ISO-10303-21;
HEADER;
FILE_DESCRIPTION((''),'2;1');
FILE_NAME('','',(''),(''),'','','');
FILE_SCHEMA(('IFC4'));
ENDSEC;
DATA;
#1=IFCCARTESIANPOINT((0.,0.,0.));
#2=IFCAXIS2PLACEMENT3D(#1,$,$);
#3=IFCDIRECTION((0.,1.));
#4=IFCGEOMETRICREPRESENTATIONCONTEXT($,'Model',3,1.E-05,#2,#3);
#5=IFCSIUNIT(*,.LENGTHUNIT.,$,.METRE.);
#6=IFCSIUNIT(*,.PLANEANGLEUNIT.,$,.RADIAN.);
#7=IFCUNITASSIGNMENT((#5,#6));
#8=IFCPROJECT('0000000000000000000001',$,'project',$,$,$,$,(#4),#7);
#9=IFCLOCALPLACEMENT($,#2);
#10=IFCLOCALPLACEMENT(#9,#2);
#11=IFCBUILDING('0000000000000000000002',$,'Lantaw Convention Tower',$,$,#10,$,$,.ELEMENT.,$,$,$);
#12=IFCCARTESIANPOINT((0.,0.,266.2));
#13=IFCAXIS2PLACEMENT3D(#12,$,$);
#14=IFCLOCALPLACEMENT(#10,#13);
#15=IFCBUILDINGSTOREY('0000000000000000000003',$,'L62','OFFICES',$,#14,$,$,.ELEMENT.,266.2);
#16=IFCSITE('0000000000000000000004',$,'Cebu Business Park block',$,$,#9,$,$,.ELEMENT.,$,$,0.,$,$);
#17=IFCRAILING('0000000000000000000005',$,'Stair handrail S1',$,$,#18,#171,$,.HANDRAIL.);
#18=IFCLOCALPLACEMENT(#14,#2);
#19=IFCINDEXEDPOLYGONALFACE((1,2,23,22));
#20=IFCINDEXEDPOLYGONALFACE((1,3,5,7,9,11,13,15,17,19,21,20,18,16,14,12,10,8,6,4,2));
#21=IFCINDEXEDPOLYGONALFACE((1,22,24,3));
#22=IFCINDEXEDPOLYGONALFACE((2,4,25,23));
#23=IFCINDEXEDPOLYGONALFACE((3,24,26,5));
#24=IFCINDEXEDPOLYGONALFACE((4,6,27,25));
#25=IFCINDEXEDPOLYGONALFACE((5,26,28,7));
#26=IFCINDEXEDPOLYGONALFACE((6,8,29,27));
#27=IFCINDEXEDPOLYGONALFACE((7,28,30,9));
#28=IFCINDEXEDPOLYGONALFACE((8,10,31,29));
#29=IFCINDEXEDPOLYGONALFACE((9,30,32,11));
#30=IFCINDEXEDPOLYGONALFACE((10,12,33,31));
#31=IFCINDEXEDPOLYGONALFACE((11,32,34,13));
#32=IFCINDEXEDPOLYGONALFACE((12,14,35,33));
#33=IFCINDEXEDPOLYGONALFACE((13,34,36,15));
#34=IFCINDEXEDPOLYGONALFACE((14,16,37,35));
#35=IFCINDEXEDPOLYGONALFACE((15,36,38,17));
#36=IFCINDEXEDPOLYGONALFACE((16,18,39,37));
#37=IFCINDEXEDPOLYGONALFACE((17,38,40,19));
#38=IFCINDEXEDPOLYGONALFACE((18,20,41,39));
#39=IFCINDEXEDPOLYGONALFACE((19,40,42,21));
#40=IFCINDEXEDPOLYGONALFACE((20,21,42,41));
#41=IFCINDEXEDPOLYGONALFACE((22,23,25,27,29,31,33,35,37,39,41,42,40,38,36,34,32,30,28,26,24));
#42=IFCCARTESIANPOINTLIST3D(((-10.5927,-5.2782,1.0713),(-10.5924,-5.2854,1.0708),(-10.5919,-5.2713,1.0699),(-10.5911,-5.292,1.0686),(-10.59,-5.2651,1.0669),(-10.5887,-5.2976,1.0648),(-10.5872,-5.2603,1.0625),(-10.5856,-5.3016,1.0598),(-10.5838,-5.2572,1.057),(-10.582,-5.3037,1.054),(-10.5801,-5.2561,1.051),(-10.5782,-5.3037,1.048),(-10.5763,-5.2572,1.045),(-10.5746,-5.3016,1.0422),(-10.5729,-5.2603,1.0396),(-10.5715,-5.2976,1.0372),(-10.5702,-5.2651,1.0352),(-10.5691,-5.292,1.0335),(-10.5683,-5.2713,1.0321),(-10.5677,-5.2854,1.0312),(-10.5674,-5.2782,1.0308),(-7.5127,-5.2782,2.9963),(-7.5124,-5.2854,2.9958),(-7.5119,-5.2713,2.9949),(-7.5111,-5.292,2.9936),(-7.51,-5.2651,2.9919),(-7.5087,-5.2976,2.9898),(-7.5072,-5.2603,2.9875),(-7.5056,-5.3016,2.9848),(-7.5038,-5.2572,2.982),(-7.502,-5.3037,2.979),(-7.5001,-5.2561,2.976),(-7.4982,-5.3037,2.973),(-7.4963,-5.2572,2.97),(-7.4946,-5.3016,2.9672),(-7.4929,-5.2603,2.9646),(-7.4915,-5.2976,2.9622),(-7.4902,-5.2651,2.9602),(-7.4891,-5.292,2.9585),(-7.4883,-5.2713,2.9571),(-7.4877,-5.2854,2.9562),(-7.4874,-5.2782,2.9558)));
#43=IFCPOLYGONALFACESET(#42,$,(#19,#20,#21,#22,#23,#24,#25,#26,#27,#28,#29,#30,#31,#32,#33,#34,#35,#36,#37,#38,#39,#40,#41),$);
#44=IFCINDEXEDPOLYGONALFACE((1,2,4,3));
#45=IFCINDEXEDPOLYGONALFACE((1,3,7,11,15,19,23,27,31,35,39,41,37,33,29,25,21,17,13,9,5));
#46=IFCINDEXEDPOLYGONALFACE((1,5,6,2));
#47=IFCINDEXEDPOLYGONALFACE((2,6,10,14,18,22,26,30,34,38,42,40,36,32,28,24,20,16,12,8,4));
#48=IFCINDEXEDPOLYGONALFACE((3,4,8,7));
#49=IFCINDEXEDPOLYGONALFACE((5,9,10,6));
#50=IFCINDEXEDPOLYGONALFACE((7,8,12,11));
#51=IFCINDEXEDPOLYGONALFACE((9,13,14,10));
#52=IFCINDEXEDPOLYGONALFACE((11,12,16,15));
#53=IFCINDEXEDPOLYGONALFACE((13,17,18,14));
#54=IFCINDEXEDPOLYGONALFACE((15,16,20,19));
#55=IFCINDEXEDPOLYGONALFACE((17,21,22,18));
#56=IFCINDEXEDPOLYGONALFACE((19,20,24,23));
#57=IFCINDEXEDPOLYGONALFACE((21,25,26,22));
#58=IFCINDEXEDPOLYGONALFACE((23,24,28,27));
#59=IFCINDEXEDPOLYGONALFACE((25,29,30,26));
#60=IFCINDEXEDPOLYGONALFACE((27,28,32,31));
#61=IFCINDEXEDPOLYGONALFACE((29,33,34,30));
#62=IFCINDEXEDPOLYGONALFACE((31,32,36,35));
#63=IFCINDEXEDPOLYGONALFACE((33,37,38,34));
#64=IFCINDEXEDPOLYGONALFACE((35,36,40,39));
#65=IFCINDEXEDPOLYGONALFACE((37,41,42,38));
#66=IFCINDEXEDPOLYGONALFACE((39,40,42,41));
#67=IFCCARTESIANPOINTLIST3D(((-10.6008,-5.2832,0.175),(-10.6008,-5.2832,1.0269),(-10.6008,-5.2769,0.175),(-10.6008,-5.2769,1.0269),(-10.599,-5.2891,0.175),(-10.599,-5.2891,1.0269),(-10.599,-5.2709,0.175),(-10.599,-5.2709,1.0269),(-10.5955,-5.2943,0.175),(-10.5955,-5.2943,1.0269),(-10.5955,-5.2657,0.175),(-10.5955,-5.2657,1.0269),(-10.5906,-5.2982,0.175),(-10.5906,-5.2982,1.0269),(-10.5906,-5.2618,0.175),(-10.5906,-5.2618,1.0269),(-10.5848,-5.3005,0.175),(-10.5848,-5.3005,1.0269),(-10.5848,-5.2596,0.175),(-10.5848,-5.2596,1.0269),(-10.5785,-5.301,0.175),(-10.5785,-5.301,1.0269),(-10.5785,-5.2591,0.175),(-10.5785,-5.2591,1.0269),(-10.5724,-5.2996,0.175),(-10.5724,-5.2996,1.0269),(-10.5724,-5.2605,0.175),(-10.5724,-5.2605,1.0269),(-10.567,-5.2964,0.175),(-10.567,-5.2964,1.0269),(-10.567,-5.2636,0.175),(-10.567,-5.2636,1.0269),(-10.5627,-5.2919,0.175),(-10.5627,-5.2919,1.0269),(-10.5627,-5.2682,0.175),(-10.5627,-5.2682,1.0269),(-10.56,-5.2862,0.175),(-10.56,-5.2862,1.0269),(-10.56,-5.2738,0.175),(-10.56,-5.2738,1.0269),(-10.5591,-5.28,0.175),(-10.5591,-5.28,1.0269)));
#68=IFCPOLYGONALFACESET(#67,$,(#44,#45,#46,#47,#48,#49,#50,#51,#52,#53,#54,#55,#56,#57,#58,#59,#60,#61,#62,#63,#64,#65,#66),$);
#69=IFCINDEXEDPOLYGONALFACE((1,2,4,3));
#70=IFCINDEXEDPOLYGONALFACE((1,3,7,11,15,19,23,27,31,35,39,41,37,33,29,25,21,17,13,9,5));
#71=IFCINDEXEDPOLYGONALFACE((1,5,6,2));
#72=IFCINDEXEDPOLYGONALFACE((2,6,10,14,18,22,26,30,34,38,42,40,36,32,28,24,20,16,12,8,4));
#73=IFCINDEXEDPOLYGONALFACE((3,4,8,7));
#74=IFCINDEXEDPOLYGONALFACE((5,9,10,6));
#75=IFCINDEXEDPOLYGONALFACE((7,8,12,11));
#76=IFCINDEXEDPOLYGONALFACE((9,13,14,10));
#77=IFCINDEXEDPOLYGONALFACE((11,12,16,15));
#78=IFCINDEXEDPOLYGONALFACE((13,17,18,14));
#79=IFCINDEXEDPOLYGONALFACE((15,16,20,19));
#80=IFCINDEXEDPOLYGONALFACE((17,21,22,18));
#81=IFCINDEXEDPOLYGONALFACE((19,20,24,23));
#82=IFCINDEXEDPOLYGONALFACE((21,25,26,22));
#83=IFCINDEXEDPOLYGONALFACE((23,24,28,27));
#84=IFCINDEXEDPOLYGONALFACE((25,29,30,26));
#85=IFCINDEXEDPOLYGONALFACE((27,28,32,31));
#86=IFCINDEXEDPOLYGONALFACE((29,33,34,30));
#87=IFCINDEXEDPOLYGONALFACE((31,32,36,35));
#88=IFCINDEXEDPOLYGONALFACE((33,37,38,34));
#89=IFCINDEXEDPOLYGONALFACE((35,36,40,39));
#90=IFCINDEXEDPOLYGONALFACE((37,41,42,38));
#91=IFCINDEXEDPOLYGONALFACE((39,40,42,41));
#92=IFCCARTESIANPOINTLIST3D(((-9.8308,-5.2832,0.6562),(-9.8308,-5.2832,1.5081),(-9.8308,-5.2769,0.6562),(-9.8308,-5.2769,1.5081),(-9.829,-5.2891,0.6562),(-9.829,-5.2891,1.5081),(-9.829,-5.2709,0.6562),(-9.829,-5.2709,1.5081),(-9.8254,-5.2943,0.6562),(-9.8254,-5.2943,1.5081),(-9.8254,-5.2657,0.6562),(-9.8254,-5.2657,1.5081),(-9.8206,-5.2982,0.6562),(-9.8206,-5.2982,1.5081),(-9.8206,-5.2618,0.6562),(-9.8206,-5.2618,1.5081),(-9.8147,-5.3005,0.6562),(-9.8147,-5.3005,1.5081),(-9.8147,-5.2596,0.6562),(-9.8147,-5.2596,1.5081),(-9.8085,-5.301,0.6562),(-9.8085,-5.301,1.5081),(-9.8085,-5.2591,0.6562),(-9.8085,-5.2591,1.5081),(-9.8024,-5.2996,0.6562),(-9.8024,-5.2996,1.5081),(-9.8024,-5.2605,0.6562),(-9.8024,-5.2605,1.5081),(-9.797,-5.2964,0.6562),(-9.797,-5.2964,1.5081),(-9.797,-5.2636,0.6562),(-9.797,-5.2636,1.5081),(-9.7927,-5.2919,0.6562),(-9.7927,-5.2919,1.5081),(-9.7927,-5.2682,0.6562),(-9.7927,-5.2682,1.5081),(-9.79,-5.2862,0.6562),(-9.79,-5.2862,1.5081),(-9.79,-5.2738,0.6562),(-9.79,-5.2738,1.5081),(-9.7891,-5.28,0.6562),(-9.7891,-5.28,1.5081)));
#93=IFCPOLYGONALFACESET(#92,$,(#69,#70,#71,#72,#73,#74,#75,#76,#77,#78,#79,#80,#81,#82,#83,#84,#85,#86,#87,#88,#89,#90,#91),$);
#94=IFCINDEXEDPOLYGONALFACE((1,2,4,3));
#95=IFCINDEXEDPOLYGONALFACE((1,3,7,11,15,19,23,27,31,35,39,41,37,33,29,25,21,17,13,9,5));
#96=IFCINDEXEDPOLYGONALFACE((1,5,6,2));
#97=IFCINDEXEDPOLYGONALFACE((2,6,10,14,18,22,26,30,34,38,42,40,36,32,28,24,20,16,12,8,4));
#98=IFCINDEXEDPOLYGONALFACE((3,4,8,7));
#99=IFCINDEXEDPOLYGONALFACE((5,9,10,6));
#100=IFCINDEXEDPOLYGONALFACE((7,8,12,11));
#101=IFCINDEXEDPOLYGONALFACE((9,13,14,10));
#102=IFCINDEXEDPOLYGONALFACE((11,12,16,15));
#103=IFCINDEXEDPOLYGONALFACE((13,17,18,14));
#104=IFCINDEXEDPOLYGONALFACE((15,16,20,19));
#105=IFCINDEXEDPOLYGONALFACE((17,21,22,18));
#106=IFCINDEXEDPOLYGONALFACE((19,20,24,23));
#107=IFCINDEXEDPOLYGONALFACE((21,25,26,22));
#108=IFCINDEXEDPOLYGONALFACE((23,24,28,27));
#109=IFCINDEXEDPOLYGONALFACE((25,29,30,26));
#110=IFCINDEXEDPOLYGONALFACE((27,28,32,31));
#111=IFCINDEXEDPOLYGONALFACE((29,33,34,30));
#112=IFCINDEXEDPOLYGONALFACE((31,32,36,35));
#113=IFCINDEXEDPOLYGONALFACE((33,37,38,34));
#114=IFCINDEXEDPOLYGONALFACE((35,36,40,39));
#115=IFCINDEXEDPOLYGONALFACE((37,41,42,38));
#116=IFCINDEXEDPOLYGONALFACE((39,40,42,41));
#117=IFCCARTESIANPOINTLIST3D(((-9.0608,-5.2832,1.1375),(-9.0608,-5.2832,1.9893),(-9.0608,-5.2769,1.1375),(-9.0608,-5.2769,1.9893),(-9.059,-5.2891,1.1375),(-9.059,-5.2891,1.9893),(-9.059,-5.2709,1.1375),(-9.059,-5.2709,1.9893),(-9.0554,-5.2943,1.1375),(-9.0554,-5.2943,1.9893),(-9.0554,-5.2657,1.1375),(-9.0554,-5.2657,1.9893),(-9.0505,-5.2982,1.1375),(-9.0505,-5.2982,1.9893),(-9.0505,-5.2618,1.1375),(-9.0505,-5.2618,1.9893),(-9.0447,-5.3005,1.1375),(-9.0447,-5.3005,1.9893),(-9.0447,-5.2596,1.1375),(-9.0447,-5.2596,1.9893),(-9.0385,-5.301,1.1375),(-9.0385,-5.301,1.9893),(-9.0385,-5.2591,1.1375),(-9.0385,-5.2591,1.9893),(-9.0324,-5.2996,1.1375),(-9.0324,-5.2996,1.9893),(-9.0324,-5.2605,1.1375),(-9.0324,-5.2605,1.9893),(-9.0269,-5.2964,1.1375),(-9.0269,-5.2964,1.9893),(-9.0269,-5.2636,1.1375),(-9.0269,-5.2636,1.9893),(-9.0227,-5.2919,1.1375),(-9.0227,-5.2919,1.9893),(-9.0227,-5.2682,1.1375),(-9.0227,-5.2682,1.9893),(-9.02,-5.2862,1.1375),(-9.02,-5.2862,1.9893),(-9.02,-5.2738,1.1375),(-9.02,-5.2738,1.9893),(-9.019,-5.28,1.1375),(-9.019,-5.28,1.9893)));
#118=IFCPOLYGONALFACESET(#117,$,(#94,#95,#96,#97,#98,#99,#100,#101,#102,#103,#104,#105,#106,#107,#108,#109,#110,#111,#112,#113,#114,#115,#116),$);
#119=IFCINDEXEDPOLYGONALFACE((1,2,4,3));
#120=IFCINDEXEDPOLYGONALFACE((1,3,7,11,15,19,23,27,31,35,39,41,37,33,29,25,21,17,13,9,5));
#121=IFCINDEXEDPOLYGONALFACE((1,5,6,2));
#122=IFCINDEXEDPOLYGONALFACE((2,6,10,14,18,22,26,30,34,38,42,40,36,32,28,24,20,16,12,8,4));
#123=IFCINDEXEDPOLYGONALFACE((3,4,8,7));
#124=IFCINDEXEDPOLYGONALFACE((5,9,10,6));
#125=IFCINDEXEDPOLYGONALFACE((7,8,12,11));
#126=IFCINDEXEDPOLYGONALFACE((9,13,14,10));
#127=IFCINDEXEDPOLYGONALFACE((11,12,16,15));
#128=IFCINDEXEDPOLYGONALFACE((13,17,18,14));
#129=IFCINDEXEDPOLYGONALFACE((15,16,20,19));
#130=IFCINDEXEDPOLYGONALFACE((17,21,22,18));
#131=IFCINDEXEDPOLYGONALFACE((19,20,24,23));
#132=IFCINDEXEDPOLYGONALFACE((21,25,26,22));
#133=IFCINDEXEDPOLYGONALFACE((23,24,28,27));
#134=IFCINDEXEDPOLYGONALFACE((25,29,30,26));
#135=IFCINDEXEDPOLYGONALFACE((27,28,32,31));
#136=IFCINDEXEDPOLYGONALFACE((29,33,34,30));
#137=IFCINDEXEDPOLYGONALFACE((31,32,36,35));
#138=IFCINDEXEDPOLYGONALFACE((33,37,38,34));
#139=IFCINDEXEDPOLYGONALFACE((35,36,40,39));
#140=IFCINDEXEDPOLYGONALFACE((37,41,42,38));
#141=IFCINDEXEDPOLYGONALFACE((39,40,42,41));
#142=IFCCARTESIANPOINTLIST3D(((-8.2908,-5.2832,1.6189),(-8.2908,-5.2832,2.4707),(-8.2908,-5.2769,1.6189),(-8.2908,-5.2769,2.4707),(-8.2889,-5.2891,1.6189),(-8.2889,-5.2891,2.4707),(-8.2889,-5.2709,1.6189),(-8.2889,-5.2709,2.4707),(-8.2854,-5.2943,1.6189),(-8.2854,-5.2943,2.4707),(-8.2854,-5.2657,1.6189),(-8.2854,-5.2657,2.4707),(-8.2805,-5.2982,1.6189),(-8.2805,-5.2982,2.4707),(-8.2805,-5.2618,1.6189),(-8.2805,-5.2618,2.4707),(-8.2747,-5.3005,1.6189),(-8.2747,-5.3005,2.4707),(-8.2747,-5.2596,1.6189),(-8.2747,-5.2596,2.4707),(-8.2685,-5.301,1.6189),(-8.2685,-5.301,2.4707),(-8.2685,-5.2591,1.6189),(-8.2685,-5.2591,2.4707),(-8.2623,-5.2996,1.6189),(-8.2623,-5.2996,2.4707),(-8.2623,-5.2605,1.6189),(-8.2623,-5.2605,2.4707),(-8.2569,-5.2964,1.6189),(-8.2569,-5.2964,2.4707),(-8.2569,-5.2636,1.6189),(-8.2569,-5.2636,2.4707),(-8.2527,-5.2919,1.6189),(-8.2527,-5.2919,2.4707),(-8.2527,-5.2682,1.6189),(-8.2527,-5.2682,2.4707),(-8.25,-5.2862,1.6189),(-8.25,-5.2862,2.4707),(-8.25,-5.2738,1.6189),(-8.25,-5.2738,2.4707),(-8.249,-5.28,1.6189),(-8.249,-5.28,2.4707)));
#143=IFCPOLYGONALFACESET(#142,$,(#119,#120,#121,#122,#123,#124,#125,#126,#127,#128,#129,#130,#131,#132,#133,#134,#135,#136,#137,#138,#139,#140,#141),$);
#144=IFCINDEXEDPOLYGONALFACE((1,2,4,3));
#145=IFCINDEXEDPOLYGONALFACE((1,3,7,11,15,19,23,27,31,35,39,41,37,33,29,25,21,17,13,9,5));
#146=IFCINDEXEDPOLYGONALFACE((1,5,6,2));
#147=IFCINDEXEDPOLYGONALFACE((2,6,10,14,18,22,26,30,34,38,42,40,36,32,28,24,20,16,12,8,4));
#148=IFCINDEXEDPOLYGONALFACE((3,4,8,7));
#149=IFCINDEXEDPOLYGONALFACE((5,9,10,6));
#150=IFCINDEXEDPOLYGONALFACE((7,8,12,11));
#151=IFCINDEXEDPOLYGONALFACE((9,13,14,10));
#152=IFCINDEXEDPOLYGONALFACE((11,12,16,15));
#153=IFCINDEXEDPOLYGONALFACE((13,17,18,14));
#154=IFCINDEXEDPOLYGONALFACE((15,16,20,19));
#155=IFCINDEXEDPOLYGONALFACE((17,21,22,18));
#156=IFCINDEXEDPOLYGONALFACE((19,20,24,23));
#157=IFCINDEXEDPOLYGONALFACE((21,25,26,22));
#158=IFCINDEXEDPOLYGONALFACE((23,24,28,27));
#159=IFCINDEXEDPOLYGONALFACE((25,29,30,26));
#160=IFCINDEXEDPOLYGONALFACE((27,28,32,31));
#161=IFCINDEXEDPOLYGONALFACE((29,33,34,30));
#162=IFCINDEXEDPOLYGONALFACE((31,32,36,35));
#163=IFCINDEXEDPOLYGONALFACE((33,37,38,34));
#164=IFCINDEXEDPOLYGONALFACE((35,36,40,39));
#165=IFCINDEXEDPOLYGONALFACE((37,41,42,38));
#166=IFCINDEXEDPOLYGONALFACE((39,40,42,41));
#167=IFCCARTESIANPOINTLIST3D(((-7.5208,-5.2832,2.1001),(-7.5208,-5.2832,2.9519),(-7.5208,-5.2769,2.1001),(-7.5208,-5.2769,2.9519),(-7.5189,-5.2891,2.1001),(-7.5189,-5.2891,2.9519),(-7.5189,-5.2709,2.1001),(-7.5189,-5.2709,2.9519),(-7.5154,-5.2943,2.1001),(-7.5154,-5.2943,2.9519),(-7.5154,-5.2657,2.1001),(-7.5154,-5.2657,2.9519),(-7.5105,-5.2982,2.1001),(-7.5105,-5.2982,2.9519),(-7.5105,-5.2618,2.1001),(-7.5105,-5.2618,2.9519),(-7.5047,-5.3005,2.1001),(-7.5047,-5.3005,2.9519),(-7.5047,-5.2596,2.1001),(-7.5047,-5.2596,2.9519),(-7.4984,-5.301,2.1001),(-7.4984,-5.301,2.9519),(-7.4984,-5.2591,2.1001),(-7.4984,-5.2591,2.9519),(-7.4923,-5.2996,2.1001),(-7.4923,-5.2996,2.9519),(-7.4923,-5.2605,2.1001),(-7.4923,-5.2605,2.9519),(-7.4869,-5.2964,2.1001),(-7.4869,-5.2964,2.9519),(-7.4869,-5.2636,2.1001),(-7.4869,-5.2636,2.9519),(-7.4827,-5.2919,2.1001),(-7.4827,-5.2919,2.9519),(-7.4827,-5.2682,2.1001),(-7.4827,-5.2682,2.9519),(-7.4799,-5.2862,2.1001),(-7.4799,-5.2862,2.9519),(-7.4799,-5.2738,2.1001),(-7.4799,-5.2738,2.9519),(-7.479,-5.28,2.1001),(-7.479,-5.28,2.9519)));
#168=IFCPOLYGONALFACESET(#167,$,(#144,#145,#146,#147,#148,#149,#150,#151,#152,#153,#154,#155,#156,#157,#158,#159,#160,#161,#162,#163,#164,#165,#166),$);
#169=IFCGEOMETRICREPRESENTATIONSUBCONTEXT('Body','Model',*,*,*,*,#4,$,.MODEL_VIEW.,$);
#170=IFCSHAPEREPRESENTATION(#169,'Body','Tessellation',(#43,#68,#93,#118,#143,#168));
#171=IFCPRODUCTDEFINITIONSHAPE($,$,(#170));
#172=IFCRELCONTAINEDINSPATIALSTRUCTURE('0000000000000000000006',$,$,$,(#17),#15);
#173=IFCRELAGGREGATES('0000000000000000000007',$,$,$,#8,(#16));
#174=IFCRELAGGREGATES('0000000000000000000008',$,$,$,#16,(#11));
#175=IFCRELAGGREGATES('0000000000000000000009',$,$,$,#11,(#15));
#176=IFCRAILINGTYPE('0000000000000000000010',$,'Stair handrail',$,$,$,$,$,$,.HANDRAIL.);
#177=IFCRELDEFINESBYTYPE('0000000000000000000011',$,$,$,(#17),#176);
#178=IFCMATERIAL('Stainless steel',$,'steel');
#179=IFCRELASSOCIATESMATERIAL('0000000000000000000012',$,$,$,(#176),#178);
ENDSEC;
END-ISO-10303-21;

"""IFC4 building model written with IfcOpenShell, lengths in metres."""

from ifc_helpers import new_model, si_unit, direction, frame, origin, origin_2d, place, context, subcontext, project, spatial, circle, extrude, material, type_object, element, save


model = new_model("IFC4")

# Units and contexts
model_context = context("Model", 3, precision=1e-05, world=origin(), true_north=direction((0.0, 1.0)))
body_context = subcontext(model_context, "Body", "Model", "MODEL_VIEW")
ifc_project = project(units=[si_unit("LENGTHUNIT", "METRE"), si_unit("PLANEANGLEUNIT", "RADIAN")], contexts=[model_context])

# Site, building, storey
site_placement = place(None, origin())
site = spatial("IfcSite", under=ifc_project, at=site_placement, Name="Cebu Business Park block", CompositionType="ELEMENT", RefElevation=0.0)
building_placement = place(site_placement, origin())
building = spatial("IfcBuilding", under=site, at=building_placement, Name="Lantaw Convention Tower", CompositionType="ELEMENT")
storey_placement = place(building_placement, frame((0.0, 0.0, 266.2)))
storey = spatial("IfcBuildingStorey", under=building, at=storey_placement, Name="L62", Description="OFFICES", CompositionType="ELEMENT", Elevation=266.2)

# Shared definitions
ifc_material_1 = material(Name="Stainless steel", Category="steel")

# Railing
railing_type = type_object("IfcRailingType", Name="Stair handrail", PredefinedType="HANDRAIL", material=ifc_material_1)
railing_1_placement = place(storey_placement, frame((-10.5801, -5.28, 0.175)))
element("IfcRailing", 1, at=railing_1_placement, inside=storey, type_object=railing_type, Name="Stair handrail S1", PredefinedType="HANDRAIL", context=body_context, shape_type="SweptSolid", body=[
    extrude(circle(Radius=0.0239, at=origin_2d()), frame((0.0, 0.0, 0.876), z_axis=(0.847998, 0.0, 0.529999), x_axis=(0.0, 1.0, 0.0)), (0.0, 0.0, 1.0), 3.6321),
    extrude(circle(Radius=0.021, at=origin_2d()), origin(), (0.0, 0.0, 1.0), 0.8518),
    extrude(circle(Radius=0.021, at=origin_2d()), frame((0.77, 0.0, 0.4812)), (0.0, 0.0, 1.0), 0.8518),
    extrude(circle(Radius=0.021, at=origin_2d()), frame((1.54, 0.0, 0.9624)), (0.0, 0.0, 1.0), 0.8518),
    extrude(circle(Radius=0.021, at=origin_2d()), frame((2.3101, 0.0, 1.4438)), (0.0, 0.0, 1.0), 0.8518),
    extrude(circle(Radius=0.021, at=origin_2d()), frame((3.0801, 0.0, 1.925)), (0.0, 0.0, 1.0), 0.8518),
])

save(model, "model.ifc")
